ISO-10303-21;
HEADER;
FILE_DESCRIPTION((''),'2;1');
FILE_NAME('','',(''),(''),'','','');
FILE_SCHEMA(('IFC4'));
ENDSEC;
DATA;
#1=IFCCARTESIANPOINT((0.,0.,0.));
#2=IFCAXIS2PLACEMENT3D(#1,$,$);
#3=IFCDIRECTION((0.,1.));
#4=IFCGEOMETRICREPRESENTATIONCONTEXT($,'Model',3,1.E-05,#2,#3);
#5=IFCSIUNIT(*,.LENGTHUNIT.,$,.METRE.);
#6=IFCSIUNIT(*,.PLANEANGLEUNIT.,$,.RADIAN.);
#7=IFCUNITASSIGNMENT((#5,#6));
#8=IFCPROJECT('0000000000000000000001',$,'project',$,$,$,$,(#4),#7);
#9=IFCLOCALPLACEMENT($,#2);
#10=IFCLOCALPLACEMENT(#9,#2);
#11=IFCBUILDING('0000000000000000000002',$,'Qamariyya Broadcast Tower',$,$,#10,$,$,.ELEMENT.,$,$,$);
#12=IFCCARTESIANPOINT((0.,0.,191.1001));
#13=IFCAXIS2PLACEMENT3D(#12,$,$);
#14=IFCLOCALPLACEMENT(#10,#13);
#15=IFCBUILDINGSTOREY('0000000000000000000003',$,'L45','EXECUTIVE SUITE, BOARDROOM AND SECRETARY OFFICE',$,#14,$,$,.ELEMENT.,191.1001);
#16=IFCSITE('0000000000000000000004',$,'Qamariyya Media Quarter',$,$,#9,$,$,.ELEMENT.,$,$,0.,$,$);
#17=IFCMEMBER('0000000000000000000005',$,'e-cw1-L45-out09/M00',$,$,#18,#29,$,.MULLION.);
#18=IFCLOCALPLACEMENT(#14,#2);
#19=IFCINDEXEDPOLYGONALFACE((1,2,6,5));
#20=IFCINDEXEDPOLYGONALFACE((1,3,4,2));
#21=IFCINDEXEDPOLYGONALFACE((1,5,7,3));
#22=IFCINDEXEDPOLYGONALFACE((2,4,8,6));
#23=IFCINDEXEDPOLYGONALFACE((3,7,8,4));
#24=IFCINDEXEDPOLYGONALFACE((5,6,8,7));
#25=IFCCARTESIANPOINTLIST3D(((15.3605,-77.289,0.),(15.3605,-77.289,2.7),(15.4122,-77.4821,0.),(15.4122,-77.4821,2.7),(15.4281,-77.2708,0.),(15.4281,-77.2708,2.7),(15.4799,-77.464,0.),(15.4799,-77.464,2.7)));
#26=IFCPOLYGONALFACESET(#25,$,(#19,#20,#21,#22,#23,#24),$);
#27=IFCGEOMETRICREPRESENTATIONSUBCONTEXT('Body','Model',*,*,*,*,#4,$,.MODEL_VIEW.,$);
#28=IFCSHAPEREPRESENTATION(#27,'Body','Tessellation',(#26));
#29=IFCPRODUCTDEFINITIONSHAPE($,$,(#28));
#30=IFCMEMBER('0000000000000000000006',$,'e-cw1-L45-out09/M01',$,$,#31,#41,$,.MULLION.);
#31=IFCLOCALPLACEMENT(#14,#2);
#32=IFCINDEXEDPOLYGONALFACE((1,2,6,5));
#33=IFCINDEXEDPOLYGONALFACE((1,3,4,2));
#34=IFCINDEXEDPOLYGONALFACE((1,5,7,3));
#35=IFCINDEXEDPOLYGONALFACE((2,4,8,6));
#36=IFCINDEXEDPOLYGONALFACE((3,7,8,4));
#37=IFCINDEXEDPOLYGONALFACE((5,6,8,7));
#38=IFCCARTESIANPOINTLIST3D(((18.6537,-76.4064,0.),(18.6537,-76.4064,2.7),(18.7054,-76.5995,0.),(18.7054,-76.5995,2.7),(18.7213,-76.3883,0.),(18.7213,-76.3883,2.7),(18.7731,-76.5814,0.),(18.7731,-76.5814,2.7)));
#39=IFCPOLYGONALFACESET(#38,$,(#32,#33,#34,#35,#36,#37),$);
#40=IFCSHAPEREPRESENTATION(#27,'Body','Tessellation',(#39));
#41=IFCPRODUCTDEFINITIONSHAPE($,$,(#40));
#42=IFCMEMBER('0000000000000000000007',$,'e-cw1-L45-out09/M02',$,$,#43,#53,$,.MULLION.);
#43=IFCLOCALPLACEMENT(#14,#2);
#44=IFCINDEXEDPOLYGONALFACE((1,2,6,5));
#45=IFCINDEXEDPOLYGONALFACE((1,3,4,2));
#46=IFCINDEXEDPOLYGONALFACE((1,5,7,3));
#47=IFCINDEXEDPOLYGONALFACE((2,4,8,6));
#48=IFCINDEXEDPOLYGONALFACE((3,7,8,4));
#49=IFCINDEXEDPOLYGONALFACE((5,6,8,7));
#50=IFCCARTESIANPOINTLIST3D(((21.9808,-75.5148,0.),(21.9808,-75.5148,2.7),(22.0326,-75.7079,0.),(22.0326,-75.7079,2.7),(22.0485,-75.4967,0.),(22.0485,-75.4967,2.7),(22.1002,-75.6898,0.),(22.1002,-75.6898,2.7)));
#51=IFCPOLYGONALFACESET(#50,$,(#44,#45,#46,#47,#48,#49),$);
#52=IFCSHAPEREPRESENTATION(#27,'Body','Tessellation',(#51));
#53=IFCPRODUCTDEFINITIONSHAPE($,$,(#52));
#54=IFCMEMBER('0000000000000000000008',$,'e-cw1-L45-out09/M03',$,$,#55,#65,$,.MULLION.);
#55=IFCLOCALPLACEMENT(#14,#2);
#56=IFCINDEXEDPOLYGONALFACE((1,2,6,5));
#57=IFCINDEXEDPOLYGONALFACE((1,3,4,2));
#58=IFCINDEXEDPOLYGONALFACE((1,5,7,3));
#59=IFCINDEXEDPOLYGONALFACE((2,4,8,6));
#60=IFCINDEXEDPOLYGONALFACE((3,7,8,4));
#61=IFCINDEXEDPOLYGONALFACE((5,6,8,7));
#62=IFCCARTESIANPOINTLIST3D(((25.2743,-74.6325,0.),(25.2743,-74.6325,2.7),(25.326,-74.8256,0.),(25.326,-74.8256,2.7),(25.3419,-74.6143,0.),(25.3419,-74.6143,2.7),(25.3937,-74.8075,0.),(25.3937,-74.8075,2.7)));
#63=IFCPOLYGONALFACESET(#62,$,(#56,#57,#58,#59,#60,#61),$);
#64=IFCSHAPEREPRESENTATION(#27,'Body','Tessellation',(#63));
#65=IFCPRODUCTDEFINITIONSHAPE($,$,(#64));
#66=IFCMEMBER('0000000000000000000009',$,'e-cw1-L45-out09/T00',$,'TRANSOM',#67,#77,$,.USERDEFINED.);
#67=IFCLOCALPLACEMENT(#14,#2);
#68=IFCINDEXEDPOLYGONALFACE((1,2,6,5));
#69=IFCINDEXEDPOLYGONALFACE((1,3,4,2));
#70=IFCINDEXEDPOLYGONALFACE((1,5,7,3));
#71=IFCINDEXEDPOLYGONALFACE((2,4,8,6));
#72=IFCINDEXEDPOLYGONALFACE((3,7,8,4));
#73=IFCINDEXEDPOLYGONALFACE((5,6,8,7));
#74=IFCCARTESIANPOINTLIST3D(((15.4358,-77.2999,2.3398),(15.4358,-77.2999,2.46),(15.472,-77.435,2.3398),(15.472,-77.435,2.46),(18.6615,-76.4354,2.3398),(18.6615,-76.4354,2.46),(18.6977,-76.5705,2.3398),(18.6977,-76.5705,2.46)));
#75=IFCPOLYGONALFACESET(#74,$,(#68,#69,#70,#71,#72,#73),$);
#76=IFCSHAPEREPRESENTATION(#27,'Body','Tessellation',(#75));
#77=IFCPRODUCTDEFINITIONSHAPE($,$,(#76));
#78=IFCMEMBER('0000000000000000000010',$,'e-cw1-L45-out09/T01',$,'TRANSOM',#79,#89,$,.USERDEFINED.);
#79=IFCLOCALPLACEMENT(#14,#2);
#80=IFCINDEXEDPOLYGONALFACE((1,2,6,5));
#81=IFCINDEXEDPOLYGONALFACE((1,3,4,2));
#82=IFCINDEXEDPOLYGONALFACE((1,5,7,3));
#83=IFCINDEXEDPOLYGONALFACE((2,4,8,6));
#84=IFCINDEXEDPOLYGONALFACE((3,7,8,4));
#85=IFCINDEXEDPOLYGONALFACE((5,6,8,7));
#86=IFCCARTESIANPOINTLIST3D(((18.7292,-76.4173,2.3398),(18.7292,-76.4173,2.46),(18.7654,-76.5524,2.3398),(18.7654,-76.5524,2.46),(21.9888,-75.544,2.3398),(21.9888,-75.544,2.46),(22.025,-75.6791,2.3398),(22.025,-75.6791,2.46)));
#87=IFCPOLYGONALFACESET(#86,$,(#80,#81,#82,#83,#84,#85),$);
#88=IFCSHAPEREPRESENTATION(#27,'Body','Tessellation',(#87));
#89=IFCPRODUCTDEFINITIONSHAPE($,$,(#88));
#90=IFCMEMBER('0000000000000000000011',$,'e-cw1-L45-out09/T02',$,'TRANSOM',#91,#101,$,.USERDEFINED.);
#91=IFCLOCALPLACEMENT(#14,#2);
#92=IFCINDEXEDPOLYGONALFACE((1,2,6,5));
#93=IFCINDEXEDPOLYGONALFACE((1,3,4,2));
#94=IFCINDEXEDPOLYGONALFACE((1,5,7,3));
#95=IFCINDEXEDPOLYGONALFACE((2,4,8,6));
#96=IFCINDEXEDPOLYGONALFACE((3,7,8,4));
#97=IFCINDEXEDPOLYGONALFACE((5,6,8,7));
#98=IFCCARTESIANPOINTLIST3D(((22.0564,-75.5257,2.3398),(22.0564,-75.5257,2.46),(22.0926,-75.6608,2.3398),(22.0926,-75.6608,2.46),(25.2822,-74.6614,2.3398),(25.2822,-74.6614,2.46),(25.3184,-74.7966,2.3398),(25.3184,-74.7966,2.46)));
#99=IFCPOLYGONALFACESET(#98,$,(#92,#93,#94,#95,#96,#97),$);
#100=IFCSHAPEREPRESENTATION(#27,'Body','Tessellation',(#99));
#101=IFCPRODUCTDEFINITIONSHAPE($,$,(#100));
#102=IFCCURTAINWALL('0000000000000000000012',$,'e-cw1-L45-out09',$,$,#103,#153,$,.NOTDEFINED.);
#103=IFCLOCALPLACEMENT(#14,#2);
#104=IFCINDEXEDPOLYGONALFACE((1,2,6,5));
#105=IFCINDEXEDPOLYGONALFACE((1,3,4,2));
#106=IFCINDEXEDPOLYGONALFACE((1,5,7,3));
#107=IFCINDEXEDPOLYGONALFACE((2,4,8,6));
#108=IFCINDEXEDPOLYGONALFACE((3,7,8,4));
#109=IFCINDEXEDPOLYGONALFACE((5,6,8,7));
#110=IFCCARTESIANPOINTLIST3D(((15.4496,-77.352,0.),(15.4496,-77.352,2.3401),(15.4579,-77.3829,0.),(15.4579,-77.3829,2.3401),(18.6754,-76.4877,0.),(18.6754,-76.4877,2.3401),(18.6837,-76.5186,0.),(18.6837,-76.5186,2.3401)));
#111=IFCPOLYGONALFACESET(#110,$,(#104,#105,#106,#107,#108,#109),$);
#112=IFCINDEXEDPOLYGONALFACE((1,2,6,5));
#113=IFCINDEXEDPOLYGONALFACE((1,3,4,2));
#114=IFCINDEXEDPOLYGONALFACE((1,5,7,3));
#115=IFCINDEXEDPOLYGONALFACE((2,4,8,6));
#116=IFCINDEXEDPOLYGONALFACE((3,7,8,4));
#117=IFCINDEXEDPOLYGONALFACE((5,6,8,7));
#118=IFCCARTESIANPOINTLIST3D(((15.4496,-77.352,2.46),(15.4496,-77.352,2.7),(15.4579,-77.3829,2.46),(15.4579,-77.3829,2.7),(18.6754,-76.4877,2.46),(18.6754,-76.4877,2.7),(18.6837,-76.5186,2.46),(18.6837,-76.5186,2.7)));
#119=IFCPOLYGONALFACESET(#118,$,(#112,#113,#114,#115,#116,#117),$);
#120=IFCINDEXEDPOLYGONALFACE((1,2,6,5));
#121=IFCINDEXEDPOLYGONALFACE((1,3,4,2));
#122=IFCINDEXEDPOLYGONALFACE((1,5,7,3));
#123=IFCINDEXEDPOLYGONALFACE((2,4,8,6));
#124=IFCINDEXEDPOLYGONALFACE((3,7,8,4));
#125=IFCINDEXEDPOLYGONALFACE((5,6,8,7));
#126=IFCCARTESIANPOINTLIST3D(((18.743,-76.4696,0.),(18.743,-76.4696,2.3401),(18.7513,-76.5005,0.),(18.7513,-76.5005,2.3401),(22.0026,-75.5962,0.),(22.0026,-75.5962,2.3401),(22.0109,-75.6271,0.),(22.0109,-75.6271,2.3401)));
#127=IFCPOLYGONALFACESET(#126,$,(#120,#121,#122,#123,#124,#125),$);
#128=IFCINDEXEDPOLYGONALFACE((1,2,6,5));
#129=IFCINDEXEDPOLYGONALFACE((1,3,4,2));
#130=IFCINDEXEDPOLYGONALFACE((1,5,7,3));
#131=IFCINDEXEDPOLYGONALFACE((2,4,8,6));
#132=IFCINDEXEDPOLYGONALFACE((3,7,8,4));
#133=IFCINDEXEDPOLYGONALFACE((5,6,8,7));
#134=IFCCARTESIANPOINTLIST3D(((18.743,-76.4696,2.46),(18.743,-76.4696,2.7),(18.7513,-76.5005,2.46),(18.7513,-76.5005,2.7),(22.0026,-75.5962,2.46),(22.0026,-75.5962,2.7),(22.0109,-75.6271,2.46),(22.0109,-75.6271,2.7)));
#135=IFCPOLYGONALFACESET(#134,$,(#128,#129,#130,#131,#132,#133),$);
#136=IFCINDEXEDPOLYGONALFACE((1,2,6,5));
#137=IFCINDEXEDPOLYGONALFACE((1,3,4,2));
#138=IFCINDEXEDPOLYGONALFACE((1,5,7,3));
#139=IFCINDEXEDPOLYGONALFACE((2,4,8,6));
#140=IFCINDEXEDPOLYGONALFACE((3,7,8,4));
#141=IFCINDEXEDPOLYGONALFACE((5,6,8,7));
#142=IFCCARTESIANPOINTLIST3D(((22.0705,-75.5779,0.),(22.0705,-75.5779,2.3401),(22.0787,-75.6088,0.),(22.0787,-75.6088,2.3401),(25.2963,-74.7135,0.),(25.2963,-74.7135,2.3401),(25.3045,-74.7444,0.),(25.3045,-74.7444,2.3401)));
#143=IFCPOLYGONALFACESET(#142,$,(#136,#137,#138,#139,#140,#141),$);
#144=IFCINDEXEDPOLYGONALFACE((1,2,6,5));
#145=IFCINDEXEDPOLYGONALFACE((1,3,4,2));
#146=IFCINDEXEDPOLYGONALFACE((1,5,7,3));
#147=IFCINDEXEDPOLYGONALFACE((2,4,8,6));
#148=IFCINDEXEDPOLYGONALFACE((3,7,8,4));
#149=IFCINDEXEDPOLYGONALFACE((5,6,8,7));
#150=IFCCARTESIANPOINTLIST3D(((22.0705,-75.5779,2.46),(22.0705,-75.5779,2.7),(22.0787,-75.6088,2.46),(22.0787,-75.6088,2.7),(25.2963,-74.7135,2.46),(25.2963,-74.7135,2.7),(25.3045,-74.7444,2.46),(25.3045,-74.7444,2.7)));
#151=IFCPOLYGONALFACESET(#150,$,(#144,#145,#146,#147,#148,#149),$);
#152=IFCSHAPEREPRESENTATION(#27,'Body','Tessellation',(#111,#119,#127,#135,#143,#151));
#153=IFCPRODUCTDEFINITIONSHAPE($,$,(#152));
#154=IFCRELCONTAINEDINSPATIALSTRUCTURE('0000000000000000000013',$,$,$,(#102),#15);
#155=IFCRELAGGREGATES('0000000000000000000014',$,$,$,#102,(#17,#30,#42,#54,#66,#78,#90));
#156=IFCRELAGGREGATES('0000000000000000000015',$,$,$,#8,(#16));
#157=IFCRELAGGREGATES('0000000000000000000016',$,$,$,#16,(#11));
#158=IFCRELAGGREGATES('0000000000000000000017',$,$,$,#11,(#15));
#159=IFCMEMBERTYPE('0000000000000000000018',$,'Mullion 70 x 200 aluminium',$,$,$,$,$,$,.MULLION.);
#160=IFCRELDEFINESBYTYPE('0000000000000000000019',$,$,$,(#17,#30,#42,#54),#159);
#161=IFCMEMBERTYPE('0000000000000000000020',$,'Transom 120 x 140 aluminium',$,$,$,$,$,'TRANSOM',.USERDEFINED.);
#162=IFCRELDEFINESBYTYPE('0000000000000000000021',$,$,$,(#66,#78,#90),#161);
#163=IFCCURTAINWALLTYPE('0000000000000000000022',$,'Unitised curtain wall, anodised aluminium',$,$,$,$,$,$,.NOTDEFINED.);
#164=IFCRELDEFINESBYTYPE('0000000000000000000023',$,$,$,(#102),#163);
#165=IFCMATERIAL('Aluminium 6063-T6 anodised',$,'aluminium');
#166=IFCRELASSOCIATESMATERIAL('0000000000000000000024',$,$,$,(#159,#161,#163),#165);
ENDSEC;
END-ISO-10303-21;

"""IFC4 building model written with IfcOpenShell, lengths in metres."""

from ifc_helpers import new_model, si_unit, direction, frame, origin, origin_2d, place, context, subcontext, project, spatial, rectangle, extrude, material, material_profile, profile_set, type_object, element, aggregate, save


model = new_model("IFC4")

# Units and contexts
model_context = context("Model", 3, precision=1e-05, world=origin(), true_north=direction((0.0, 1.0)))
body_context = subcontext(model_context, "Body", "Model", "MODEL_VIEW")
ifc_project = project(units=[si_unit("LENGTHUNIT", "METRE"), si_unit("PLANEANGLEUNIT", "RADIAN")], contexts=[model_context])

# Members
ifc_material_1 = material(Name="Aluminium 6063-T6 anodised", Category="aluminium")
ifc_material_profile_1 = material_profile(ifc_material_1, rectangle(XDim=0.2, YDim=0.0701, at=origin_2d()))
ifc_profile_set_1 = profile_set([ifc_material_profile_1], Name="Aluminium 6063-T6 anodised")
member_type_1 = type_object("IfcMemberType", Name="Mullion 70 x 200 aluminium", PredefinedType="MULLION", material=ifc_profile_set_1)
site_placement = place(None, origin())
building_placement = place(site_placement, origin())
storey_placement = place(building_placement, frame((0.0, 0.0, 191.1001)))
member_1_placement = place(storey_placement, frame((15.4202, -77.3765, 0.0), z_axis=(0.0, 0.0, 1.0), x_axis=(-0.258819, 0.965926, 0.0)))
member_1 = element("IfcMember", 1, at=member_1_placement, type_object=member_type_1, Name="e-cw1-L45-out09/M00", PredefinedType="MULLION", context=body_context, shape_type="SweptSolid", body=[
    extrude(rectangle(XDim=0.2, YDim=0.0701, at=origin_2d()), origin(), (0.0, 0.0, 1.0), 2.7),
])
member_2_placement = place(storey_placement, frame((18.7134, -76.4939, 0.0), z_axis=(0.0, 0.0, 1.0), x_axis=(-0.258819, 0.965926, 0.0)))
member_2 = element("IfcMember", 2, at=member_2_placement, type_object=member_type_1, Name="e-cw1-L45-out09/M01", PredefinedType="MULLION", context=body_context, shape_type="SweptSolid", body=[
    extrude(rectangle(XDim=0.2, YDim=0.0701, at=origin_2d()), origin(), (0.0, 0.0, 1.0), 2.7),
])
member_3_placement = place(storey_placement, frame((22.0405, -75.6023, 0.0), z_axis=(0.0, 0.0, 1.0), x_axis=(-0.258819, 0.965926, 0.0)))
member_3 = element("IfcMember", 3, at=member_3_placement, type_object=member_type_1, Name="e-cw1-L45-out09/M02", PredefinedType="MULLION", context=body_context, shape_type="SweptSolid", body=[
    extrude(rectangle(XDim=0.2, YDim=0.0701, at=origin_2d()), origin(), (0.0, 0.0, 1.0), 2.7),
])
member_4_placement = place(storey_placement, frame((25.334, -74.72, 0.0), z_axis=(0.0, 0.0, 1.0), x_axis=(-0.258819, 0.965926, 0.0)))
member_4 = element("IfcMember", 4, at=member_4_placement, type_object=member_type_1, Name="e-cw1-L45-out09/M03", PredefinedType="MULLION", context=body_context, shape_type="SweptSolid", body=[
    extrude(rectangle(XDim=0.2, YDim=0.0701, at=origin_2d()), origin(), (0.0, 0.0, 1.0), 2.7),
])
ifc_material_profile_2 = material_profile(ifc_material_1, rectangle(XDim=0.1399, YDim=0.1201, at=origin_2d()))
ifc_profile_set_2 = profile_set([ifc_material_profile_2], Name="Aluminium 6063-T6 anodised")
member_type_2 = type_object("IfcMemberType", Name="Transom 120 x 140 aluminium", ElementType="TRANSOM", PredefinedType="USERDEFINED", material=ifc_profile_set_2)
member_5_placement = place(storey_placement, frame((15.4539, -77.3674, 2.3999), z_axis=(0.965915, 0.258859, 0.0), x_axis=(-0.258859, 0.965915, 0.0)))
member_5 = element("IfcMember", 5, at=member_5_placement, type_object=member_type_2, Name="e-cw1-L45-out09/T00", ObjectType="TRANSOM", PredefinedType="USERDEFINED", context=body_context, shape_type="SweptSolid", body=[
    extrude(rectangle(XDim=0.1399, YDim=0.1201, at=origin_2d()), origin(), (0.0, 0.0, 1.0), 3.3396),
])
member_6_placement = place(storey_placement, frame((18.7473, -76.4849, 2.3999), z_axis=(0.965933, 0.258793, 0.0), x_axis=(-0.258793, 0.965933, 0.0)))
member_6 = element("IfcMember", 6, at=member_6_placement, type_object=member_type_2, Name="e-cw1-L45-out09/T01", ObjectType="TRANSOM", PredefinedType="USERDEFINED", context=body_context, shape_type="SweptSolid", body=[
    extrude(rectangle(XDim=0.1399, YDim=0.1201, at=origin_2d()), origin(), (0.0, 0.0, 1.0), 3.3745),
])
member_7_placement = place(storey_placement, frame((22.0745, -75.5933, 2.3999), z_axis=(0.965933, 0.258791, 0.0), x_axis=(-0.258791, 0.965933, 0.0)))
member_7 = element("IfcMember", 7, at=member_7_placement, type_object=member_type_2, Name="e-cw1-L45-out09/T02", ObjectType="TRANSOM", PredefinedType="USERDEFINED", context=body_context, shape_type="SweptSolid", body=[
    extrude(rectangle(XDim=0.1399, YDim=0.1201, at=origin_2d()), origin(), (0.0, 0.0, 1.0), 3.3396),
])

# Site, building, storey
site = spatial("IfcSite", under=ifc_project, at=site_placement, Name="Qamariyya Media Quarter", CompositionType="ELEMENT", RefElevation=0.0)
building = spatial("IfcBuilding", under=site, at=building_placement, Name="Qamariyya Broadcast Tower", CompositionType="ELEMENT")
storey = spatial("IfcBuildingStorey", under=building, at=storey_placement, Name="L45", Description="EXECUTIVE SUITE, BOARDROOM AND SECRETARY OFFICE", CompositionType="ELEMENT", Elevation=191.1001)

# Curtain wall
curtain_wall_type = type_object("IfcCurtainWallType", Name="Unitised curtain wall, anodised aluminium", PredefinedType="NOTDEFINED", material=ifc_material_1)
curtain_wall_1_placement = place(storey_placement, origin())
curtain_wall_1 = element("IfcCurtainWall", 8, at=curtain_wall_1_placement, inside=storey, type_object=curtain_wall_type, Name="e-cw1-L45-out09", PredefinedType="NOTDEFINED", context=body_context, shape_type="SweptSolid", body=[
    extrude(rectangle(XDim=3.3396, YDim=0.032, at=origin_2d()), frame((17.0667, -76.9353, 0.0), x_axis=(0.965926, 0.258817, 0.0)), (0.0, 0.0, 1.0), 2.3401),
    extrude(rectangle(XDim=3.3396, YDim=0.032, at=origin_2d()), frame((17.0667, -76.9353, 2.46), x_axis=(0.965926, 0.258817, 0.0)), (0.0, 0.0, 1.0), 0.24),
    extrude(rectangle(XDim=3.3745, YDim=0.032, at=origin_2d()), frame((20.377, -76.0483, 0.0), x_axis=(0.965926, 0.258817, 0.0)), (0.0, 0.0, 1.0), 2.3401),
    extrude(rectangle(XDim=3.3745, YDim=0.032, at=origin_2d()), frame((20.377, -76.0483, 2.46), x_axis=(0.965926, 0.258817, 0.0)), (0.0, 0.0, 1.0), 0.24),
    extrude(rectangle(XDim=3.3396, YDim=0.032, at=origin_2d()), frame((23.6875, -75.1611, 0.0), x_axis=(0.965926, 0.258817, 0.0)), (0.0, 0.0, 1.0), 2.3401),
    extrude(rectangle(XDim=3.3396, YDim=0.032, at=origin_2d()), frame((23.6875, -75.1611, 2.46), x_axis=(0.965926, 0.258817, 0.0)), (0.0, 0.0, 1.0), 0.24),
])
aggregate(curtain_wall_1, [member_1, member_2, member_3, member_4, member_5, member_6, member_7])

save(model, "model.ifc")
